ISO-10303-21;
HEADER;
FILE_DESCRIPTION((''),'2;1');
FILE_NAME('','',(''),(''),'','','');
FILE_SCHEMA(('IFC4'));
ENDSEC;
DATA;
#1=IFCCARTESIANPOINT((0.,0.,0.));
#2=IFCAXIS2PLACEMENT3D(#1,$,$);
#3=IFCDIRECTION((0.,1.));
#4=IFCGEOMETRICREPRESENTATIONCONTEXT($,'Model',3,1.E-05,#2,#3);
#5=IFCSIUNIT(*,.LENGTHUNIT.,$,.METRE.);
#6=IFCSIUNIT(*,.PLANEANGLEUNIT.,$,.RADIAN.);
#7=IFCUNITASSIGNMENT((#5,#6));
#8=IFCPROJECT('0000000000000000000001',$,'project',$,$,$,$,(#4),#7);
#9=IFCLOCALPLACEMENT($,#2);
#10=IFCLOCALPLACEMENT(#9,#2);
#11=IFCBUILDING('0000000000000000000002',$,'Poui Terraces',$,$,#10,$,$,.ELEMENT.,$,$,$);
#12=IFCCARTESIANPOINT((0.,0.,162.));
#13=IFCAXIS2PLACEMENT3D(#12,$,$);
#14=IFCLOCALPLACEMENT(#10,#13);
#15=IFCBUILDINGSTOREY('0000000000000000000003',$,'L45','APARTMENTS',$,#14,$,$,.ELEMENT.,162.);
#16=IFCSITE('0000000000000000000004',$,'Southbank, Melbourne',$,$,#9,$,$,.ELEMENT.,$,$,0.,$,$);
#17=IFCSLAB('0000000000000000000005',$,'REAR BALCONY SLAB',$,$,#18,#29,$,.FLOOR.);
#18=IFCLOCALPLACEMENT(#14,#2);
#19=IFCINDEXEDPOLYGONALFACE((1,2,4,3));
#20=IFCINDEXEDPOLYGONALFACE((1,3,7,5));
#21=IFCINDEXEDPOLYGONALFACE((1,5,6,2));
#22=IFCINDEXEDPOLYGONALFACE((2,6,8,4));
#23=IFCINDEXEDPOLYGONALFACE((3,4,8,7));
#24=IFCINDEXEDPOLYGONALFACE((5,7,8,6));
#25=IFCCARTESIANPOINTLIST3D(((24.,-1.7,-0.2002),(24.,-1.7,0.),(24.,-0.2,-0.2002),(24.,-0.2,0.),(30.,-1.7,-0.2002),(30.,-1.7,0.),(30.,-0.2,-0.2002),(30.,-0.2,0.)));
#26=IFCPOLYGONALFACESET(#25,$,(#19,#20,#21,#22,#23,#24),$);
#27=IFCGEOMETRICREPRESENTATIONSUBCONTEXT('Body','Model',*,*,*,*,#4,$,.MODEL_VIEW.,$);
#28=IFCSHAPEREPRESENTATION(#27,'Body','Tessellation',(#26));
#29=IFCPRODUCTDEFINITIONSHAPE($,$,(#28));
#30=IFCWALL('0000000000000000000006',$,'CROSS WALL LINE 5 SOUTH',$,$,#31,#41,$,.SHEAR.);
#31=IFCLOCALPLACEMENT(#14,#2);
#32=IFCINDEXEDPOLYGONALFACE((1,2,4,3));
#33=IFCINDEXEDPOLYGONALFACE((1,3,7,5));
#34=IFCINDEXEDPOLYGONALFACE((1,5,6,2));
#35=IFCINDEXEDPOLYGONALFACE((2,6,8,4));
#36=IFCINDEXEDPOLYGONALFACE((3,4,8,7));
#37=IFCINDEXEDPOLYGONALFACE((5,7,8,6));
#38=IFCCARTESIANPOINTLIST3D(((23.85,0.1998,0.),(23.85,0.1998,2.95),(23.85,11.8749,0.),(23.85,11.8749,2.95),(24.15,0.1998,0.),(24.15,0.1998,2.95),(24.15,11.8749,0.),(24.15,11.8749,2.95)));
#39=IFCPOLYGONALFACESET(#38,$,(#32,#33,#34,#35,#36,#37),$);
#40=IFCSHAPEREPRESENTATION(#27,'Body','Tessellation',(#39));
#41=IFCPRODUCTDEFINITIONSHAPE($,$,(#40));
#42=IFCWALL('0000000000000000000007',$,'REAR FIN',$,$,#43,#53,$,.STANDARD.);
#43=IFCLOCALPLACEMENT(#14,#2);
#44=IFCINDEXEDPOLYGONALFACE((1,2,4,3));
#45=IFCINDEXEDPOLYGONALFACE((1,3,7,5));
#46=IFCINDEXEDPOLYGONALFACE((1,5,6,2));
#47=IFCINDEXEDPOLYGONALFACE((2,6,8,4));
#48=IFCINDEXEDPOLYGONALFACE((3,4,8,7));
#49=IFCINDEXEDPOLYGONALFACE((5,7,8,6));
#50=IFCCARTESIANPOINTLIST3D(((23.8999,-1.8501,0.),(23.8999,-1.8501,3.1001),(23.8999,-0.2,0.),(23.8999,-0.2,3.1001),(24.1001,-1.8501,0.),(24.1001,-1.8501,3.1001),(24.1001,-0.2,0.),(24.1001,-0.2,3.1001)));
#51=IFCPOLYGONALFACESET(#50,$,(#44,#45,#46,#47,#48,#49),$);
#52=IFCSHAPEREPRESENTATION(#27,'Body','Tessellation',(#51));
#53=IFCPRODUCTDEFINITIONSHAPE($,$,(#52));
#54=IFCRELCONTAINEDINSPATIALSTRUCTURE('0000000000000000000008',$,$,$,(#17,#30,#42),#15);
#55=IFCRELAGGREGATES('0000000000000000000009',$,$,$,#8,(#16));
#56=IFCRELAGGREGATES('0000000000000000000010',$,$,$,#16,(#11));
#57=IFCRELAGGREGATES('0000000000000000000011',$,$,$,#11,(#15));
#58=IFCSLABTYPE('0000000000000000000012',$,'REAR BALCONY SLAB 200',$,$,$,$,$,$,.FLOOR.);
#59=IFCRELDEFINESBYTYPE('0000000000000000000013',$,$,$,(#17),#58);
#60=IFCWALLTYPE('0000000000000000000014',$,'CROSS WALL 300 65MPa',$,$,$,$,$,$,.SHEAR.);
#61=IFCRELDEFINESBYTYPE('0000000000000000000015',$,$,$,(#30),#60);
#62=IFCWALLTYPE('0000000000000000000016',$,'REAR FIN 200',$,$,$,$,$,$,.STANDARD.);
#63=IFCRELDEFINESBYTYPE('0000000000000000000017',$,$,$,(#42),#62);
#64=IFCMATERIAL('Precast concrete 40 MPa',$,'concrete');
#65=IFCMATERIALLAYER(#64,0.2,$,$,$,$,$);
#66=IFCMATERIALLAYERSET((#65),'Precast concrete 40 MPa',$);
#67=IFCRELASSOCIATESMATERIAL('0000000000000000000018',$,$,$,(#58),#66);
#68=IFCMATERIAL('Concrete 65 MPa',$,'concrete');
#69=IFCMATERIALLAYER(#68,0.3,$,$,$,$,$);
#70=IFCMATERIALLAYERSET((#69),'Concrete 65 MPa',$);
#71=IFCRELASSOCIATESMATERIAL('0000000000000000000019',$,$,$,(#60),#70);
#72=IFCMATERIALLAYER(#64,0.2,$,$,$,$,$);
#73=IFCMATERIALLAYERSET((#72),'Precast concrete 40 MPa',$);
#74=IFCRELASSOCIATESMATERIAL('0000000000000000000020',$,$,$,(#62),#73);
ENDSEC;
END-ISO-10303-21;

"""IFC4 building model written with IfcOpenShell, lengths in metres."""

from ifc_helpers import new_model, si_unit, direction, frame, frame_2d, origin, place, context, subcontext, project, spatial, polyline, rectangle, outline, extrude, source, transform, mapped, material, layer, layer_set, type_object, element, save


model = new_model("IFC4")

# Units and contexts
model_context = context("Model", 3, precision=1e-05, world=origin(), true_north=direction((0.0, 1.0)))
body_context = subcontext(model_context, "Body", "Model", "MODEL_VIEW")
ifc_project = project(units=[si_unit("LENGTHUNIT", "METRE"), si_unit("PLANEANGLEUNIT", "RADIAN")], contexts=[model_context])

# Site, building, storey
site_placement = place(None, origin())
site = spatial("IfcSite", under=ifc_project, at=site_placement, Name="Southbank, Melbourne", CompositionType="ELEMENT", RefElevation=0.0)
building_placement = place(site_placement, origin())
building = spatial("IfcBuilding", under=site, at=building_placement, Name="Poui Terraces", CompositionType="ELEMENT")
storey_placement = place(building_placement, frame((0.0, 0.0, 162.0)))
storey = spatial("IfcBuildingStorey", under=building, at=storey_placement, Name="L45", Description="APARTMENTS", CompositionType="ELEMENT", Elevation=162.0)

# Slab
ifc_material_1 = material(Name="Precast concrete 40 MPa", Category="concrete")
ifc_layer_1 = layer(ifc_material_1, 0.2)
ifc_layer_set_1 = layer_set([ifc_layer_1], Name="Precast concrete 40 MPa")
slab_type = type_object("IfcSlabType", Name="REAR BALCONY SLAB 200", PredefinedType="FLOOR", material=ifc_layer_set_1)
shared_shape_1 = source(origin(), body_context, "Body", "SweptSolid", [
    extrude(outline(polyline([(0.0, 0.0), (6.0, 0.0), (6.0, 1.5), (0.0, 1.5), (0.0, 0.0)])), origin(), (0.0, 0.0, 1.0), 0.2002),
])
slab_placement = place(storey_placement, frame((24.0, -1.7, -0.2002)))
element("IfcSlab", 1, at=slab_placement, inside=storey, type_object=slab_type, Name="REAR BALCONY SLAB", PredefinedType="FLOOR", context=body_context, shape_type="MappedRepresentation", body=[
    mapped(shared_shape_1, transform((0.0, 0.0, 0.0))),
])

# Wall
ifc_material_2 = material(Name="Concrete 65 MPa", Category="concrete")
ifc_layer_2 = layer(ifc_material_2, 0.3)
ifc_layer_set_2 = layer_set([ifc_layer_2], Name="Concrete 65 MPa")
wall_type_1 = type_object("IfcWallType", Name="CROSS WALL 300 65MPa", PredefinedType="SHEAR", material=ifc_layer_set_2)
wall_1_placement = place(storey_placement, frame((24.0, 0.2, 0.0), z_axis=(0.0, 0.0, 1.0), x_axis=(0.0, 1.0, 0.0)))
element("IfcWall", 2, at=wall_1_placement, inside=storey, type_object=wall_type_1, Name="CROSS WALL LINE 5 SOUTH", PredefinedType="SHEAR", context=body_context, shape_type="SweptSolid", body=[
    extrude(rectangle(XDim=11.675, YDim=0.3, at=frame_2d((5.8374, 0.0))), origin(), (0.0, 0.0, 1.0), 2.95),
])

# Wall
ifc_layer_3 = layer(ifc_material_1, 0.2)
ifc_layer_set_3 = layer_set([ifc_layer_3], Name="Precast concrete 40 MPa")
wall_type_2 = type_object("IfcWallType", Name="REAR FIN 200", PredefinedType="STANDARD", material=ifc_layer_set_3)
shared_shape_2 = source(origin(), body_context, "Body", "SweptSolid", [
    extrude(outline(polyline([(0.0, 0.0), (0.2002, 0.0), (0.2002, 1.6501), (0.0, 1.6501), (0.0, 0.0)])), origin(), (0.0, 0.0, 1.0), 3.1001),
])
wall_2_placement = place(storey_placement, frame((23.8999, -1.8501, 0.0)))
element("IfcWall", 3, at=wall_2_placement, inside=storey, type_object=wall_type_2, Name="REAR FIN", PredefinedType="STANDARD", context=body_context, shape_type="MappedRepresentation", body=[
    mapped(shared_shape_2, transform((0.0, 0.0, 0.0))),
])

save(model, "model.ifc")
